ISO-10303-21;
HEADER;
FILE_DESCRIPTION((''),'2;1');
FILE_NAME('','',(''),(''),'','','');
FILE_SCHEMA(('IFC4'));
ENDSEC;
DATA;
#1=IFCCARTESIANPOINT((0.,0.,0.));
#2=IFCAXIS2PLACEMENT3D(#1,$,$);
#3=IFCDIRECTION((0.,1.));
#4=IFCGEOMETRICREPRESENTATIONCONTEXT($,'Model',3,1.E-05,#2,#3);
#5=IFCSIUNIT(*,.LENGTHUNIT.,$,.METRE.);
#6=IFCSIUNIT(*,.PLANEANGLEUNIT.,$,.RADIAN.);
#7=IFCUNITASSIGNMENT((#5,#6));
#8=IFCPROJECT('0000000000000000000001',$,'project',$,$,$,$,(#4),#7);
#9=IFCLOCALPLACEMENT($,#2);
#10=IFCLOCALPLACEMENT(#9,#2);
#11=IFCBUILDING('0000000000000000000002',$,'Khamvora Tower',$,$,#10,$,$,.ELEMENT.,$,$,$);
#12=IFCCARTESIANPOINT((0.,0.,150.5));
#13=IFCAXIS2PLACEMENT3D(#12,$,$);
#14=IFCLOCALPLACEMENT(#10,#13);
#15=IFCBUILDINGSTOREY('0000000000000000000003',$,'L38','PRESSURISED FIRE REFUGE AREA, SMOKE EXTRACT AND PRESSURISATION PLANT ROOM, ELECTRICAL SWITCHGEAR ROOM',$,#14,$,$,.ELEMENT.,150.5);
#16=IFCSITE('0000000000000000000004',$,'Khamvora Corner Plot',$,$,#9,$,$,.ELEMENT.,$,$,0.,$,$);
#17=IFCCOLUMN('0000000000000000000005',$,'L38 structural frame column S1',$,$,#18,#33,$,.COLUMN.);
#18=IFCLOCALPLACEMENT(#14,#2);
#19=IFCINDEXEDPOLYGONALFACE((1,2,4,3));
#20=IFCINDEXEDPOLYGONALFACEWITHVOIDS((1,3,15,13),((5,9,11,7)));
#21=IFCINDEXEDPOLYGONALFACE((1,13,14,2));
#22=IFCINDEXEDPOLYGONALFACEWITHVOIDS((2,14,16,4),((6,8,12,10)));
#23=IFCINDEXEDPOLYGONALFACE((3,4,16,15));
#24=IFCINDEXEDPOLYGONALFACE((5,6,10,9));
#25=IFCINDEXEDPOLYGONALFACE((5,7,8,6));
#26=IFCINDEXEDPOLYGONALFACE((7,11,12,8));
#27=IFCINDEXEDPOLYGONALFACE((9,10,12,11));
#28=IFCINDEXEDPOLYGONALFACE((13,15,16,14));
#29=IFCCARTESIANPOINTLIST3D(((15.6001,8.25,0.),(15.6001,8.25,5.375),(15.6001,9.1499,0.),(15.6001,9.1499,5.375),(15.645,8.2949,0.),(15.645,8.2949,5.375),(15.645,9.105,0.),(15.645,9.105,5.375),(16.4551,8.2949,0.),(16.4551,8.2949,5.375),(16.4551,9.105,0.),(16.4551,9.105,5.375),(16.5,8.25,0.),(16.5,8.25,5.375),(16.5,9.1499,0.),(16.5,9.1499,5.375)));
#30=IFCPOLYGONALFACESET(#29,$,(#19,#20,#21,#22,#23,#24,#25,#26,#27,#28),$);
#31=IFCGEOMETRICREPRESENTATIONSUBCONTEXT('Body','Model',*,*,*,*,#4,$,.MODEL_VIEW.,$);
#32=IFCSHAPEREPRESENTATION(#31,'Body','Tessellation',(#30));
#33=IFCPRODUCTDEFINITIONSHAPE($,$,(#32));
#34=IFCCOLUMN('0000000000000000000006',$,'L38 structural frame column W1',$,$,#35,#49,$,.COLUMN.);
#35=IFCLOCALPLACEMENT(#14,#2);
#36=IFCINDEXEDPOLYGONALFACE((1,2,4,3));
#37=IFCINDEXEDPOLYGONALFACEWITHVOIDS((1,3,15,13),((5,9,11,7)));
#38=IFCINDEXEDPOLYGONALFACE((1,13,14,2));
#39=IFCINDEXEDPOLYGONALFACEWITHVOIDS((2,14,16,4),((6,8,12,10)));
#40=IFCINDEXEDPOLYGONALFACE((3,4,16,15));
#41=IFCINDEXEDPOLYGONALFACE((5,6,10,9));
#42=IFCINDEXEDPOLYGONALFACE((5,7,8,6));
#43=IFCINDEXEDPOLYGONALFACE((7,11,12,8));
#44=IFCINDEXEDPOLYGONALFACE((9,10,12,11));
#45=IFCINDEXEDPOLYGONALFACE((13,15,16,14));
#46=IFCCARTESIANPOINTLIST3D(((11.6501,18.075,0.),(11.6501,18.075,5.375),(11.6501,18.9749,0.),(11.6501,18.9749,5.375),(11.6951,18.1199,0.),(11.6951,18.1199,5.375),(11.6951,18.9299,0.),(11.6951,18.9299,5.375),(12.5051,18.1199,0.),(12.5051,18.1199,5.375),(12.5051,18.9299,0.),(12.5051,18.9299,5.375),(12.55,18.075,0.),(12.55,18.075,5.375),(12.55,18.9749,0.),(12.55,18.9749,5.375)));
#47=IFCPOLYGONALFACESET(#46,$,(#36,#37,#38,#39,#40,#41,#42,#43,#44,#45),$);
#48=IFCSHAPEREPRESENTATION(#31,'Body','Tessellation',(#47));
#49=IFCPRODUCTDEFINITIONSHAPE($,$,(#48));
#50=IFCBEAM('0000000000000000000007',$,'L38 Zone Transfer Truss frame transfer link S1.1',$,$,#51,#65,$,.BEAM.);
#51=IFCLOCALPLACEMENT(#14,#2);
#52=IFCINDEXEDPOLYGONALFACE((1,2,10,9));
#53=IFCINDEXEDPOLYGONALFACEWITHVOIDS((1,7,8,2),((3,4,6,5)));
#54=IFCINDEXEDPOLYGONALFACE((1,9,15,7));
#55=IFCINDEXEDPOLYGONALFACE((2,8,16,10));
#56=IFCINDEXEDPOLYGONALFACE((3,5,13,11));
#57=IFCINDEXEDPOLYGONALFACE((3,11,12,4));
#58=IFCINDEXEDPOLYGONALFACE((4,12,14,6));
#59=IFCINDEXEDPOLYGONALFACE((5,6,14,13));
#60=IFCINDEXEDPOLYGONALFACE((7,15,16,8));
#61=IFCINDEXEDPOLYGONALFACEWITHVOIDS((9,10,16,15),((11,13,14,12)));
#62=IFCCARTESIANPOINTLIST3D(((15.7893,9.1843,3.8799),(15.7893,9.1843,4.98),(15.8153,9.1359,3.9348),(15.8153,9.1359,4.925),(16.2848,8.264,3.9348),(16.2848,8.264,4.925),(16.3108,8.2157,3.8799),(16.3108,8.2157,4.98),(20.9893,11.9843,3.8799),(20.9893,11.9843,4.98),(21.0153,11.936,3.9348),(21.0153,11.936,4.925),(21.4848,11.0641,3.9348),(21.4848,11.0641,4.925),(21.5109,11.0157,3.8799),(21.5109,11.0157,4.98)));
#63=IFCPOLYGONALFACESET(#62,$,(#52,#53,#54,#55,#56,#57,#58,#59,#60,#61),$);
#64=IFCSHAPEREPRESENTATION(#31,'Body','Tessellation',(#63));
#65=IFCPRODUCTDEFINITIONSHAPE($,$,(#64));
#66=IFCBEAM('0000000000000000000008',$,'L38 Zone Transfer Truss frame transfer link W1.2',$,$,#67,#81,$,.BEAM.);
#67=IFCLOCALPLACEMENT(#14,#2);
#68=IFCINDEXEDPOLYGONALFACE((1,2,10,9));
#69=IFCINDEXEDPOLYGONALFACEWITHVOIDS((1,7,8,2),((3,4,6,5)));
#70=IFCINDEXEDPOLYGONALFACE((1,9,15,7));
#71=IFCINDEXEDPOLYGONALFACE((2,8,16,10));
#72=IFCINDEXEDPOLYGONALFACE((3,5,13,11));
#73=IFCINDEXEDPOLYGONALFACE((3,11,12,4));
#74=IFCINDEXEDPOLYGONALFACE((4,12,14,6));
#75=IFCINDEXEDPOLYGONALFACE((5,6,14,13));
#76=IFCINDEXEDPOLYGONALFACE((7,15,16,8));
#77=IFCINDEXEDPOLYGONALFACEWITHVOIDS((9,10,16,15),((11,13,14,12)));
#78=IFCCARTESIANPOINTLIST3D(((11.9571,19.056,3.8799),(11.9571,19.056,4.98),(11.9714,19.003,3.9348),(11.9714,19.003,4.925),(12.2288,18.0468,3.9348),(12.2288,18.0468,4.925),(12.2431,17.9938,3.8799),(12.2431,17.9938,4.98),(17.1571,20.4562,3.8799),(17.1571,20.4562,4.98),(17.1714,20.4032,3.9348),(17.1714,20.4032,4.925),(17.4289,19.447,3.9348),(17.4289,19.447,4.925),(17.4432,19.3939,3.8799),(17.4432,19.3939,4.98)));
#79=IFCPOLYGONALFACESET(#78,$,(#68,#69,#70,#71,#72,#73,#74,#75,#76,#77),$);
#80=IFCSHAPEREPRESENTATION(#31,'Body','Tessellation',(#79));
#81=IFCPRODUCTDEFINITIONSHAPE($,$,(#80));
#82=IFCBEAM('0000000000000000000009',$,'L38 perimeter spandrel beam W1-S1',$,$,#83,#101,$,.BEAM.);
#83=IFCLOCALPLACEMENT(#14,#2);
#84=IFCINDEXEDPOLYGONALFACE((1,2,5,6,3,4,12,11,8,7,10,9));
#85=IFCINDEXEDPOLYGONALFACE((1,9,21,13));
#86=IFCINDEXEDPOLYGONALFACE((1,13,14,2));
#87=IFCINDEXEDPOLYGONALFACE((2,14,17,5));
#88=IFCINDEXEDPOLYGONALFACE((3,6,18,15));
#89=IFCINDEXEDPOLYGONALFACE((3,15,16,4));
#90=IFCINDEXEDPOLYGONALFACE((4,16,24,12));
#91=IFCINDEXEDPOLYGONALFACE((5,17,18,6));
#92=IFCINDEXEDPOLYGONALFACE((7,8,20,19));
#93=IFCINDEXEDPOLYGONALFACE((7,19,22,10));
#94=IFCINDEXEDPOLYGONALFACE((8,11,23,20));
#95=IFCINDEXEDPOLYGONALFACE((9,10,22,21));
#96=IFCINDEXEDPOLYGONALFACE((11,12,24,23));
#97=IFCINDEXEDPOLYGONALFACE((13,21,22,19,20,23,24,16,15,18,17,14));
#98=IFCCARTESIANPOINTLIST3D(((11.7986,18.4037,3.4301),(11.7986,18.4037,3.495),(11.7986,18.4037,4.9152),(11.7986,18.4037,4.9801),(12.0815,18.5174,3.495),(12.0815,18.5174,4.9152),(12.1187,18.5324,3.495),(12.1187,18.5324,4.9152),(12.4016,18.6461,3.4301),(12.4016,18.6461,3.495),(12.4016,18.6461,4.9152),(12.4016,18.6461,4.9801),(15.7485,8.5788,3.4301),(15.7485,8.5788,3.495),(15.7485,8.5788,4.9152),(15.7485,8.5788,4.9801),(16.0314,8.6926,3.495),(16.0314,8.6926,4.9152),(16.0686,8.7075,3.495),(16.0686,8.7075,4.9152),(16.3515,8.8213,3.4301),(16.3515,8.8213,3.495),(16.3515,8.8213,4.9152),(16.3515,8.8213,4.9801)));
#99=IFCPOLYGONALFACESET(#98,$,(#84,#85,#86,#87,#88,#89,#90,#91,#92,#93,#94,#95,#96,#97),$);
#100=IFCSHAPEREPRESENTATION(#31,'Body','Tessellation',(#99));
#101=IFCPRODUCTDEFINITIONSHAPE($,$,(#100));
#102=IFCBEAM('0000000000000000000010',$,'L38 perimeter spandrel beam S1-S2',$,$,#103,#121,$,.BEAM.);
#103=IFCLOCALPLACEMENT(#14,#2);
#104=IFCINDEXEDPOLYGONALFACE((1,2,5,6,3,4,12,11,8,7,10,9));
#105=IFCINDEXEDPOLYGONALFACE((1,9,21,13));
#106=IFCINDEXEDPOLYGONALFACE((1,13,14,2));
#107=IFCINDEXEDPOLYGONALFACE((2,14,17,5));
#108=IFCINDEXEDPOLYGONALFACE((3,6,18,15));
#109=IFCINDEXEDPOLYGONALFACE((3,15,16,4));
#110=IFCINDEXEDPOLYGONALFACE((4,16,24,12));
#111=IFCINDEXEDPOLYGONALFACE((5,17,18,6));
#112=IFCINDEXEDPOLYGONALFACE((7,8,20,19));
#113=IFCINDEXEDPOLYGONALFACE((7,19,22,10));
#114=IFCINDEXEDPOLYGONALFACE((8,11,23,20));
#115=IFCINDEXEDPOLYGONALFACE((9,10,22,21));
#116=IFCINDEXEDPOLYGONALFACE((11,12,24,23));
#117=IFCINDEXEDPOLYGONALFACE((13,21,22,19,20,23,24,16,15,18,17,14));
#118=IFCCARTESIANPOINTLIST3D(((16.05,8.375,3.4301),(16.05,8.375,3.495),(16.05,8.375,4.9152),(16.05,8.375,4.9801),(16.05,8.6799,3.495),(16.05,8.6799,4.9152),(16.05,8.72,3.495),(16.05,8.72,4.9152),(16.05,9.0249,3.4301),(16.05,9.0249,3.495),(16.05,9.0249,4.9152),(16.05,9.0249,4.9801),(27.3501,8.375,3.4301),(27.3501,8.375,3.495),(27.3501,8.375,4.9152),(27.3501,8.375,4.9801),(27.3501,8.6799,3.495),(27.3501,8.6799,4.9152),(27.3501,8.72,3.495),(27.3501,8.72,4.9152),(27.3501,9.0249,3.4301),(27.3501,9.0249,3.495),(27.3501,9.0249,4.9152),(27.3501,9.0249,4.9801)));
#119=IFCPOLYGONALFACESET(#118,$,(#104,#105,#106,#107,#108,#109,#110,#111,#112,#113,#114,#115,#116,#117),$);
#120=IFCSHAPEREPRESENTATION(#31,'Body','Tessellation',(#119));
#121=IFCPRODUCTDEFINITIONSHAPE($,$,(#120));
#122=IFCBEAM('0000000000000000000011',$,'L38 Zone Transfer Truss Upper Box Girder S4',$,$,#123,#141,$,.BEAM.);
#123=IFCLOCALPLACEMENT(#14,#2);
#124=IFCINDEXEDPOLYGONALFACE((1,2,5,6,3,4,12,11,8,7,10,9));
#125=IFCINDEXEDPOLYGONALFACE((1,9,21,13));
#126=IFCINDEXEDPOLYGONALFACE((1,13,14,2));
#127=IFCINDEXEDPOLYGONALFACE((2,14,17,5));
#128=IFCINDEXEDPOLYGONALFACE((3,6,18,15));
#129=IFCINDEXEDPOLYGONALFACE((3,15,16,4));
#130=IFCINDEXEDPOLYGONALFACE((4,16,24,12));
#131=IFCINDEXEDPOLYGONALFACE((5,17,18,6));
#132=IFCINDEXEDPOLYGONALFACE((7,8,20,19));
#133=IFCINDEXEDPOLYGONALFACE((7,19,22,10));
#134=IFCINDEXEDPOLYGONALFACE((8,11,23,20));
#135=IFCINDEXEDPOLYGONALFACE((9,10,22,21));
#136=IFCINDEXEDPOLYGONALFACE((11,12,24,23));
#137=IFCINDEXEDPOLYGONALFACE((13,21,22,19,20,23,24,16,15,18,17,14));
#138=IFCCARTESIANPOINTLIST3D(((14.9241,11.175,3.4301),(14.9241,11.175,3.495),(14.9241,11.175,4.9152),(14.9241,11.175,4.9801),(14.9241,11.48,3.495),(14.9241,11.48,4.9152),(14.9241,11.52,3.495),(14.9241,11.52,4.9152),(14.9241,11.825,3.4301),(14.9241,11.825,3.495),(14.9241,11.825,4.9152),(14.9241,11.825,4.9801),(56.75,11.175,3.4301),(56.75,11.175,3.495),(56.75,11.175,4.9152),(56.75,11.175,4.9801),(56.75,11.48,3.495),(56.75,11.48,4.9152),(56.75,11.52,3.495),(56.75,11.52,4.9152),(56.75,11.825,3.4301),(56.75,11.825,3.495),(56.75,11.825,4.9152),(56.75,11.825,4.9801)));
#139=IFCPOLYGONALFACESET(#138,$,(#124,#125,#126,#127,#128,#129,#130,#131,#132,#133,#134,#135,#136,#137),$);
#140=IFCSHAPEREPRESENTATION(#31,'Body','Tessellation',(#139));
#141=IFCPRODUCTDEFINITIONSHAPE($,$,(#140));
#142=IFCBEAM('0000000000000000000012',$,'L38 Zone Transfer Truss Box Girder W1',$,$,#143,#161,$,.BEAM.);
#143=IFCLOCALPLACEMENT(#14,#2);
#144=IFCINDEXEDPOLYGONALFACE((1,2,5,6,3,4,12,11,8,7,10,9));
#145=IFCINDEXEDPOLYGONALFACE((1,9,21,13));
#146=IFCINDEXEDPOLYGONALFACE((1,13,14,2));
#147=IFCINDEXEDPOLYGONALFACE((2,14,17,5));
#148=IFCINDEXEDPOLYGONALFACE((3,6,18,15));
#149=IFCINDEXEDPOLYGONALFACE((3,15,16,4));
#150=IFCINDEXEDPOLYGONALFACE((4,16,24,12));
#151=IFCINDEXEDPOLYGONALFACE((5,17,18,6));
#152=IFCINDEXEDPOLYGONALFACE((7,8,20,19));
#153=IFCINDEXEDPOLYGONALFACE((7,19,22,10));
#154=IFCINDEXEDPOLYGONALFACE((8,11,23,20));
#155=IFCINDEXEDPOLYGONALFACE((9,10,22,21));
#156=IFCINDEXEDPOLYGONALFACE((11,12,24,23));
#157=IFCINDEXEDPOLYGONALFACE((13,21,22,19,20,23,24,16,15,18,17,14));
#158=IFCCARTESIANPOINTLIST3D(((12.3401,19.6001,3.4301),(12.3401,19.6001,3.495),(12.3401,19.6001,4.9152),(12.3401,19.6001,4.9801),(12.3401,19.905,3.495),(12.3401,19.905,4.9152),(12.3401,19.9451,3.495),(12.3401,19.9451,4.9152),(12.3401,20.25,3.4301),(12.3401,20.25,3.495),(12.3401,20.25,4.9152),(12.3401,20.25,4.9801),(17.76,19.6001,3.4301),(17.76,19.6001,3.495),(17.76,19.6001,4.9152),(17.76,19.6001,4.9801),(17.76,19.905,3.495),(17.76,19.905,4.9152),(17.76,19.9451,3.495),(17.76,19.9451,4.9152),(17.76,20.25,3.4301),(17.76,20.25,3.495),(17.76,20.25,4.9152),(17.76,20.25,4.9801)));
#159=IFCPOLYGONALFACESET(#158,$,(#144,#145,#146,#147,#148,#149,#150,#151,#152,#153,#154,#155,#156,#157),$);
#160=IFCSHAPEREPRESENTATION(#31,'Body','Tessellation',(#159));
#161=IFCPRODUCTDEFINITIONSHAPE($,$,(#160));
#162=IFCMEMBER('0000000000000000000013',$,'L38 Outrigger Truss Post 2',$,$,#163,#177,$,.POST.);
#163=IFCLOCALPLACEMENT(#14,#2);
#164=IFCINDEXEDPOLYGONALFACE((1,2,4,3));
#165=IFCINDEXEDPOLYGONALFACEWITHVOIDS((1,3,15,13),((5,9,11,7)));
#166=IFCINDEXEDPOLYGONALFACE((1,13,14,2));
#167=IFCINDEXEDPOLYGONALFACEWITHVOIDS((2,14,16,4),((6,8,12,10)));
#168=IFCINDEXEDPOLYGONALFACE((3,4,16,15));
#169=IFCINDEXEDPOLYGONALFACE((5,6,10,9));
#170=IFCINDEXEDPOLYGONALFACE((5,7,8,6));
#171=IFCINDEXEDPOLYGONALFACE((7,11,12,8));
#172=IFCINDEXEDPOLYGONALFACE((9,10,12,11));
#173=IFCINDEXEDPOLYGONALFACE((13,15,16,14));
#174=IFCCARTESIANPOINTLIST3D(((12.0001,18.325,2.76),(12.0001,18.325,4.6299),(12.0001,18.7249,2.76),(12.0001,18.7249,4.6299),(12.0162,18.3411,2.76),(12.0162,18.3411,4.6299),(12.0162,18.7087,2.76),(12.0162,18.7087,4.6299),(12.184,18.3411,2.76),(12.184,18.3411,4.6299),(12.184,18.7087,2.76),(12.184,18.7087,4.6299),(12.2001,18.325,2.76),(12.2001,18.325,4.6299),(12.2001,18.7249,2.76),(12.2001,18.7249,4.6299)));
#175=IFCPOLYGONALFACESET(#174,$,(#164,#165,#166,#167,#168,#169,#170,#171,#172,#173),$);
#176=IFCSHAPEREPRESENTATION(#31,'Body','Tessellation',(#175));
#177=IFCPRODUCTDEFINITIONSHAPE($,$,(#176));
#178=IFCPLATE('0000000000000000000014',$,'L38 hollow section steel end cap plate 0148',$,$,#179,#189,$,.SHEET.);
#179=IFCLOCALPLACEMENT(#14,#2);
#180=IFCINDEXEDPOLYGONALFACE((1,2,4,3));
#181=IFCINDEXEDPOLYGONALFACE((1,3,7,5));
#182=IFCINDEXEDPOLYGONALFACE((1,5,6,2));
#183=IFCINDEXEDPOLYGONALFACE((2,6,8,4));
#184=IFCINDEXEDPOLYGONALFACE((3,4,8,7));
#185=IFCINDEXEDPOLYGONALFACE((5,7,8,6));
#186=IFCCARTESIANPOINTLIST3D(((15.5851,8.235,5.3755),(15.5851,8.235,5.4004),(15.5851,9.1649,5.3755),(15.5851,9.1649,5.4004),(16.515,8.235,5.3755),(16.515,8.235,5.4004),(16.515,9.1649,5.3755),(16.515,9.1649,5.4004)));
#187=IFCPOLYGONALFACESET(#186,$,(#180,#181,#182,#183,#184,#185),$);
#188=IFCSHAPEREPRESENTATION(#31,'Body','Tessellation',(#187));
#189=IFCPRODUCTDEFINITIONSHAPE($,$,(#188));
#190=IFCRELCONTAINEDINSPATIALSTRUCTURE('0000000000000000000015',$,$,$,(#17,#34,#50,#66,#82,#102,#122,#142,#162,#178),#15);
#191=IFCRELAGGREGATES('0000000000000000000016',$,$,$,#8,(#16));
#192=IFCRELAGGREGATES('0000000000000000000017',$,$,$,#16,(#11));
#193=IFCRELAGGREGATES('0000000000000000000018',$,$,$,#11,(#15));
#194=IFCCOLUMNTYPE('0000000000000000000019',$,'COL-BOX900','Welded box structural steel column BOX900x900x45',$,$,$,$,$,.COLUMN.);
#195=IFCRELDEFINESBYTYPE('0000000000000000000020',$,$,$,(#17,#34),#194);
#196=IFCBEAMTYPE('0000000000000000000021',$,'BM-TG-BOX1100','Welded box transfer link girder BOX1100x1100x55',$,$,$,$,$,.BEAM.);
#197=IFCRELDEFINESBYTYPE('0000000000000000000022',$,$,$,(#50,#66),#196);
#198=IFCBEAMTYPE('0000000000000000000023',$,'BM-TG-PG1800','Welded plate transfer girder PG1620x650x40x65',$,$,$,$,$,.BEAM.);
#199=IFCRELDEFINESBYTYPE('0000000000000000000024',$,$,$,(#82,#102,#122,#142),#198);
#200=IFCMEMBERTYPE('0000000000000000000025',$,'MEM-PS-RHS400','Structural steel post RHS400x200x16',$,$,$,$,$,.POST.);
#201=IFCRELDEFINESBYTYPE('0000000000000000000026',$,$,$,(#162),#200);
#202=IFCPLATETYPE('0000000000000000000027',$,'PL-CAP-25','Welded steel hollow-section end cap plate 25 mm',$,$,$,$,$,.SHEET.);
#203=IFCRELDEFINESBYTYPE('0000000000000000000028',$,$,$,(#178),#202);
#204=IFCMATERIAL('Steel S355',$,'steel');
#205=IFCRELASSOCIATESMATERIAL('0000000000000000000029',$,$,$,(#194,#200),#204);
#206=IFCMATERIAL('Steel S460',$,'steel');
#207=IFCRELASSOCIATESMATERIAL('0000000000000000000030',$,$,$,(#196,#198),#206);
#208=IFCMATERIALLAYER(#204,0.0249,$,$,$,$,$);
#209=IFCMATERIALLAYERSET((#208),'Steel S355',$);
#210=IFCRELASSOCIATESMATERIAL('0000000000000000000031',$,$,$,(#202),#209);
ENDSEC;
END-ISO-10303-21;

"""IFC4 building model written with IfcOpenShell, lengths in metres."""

from ifc_helpers import new_model, si_unit, direction, frame, origin, origin_2d, place, context, subcontext, project, spatial, rectangle, hollow_rectangle, i_section, extrude, material, layer, layer_set, material_profile, profile_set, type_object, element, save


model = new_model("IFC4")

# Units and contexts
model_context = context("Model", 3, precision=1e-05, world=origin(), true_north=direction((0.0, 1.0)))
body_context = subcontext(model_context, "Body", "Model", "MODEL_VIEW")
ifc_project = project(units=[si_unit("LENGTHUNIT", "METRE"), si_unit("PLANEANGLEUNIT", "RADIAN")], contexts=[model_context])

# Site, building, storey
site_placement = place(None, origin())
site = spatial("IfcSite", under=ifc_project, at=site_placement, Name="Khamvora Corner Plot", CompositionType="ELEMENT", RefElevation=0.0)
building_placement = place(site_placement, origin())
building = spatial("IfcBuilding", under=site, at=building_placement, Name="Khamvora Tower", CompositionType="ELEMENT")
storey_placement = place(building_placement, frame((0.0, 0.0, 150.5)))
storey = spatial("IfcBuildingStorey", under=building, at=storey_placement, Name="L38", Description="PRESSURISED FIRE REFUGE AREA, SMOKE EXTRACT AND PRESSURISATION PLANT ROOM, ELECTRICAL SWITCHGEAR ROOM", CompositionType="ELEMENT", Elevation=150.5)

# Columns
ifc_material_1 = material(Name="Steel S355", Category="steel")
ifc_material_profile_1 = material_profile(ifc_material_1, hollow_rectangle(XDim=0.8999, YDim=0.8999, WallThickness=0.0449, at=origin_2d()), Name="BOX900x900x45")
ifc_profile_set_1 = profile_set([ifc_material_profile_1], Name="Steel S355")
column_type = type_object("IfcColumnType", Name="COL-BOX900", Description="Welded box structural steel column BOX900x900x45", PredefinedType="COLUMN", material=ifc_profile_set_1)
for number, where, z_axis, x_axis, name in (
    (1, (16.05, 8.7, 0.0), (0.0, 0.0, 1.0), (1.0, 0.0, 0.0), "L38 structural frame column S1"),
    (2, (12.1001, 18.5249, 0.0), (0.0, 0.0, 1.0), (1.0, 0.0, 0.0), "L38 structural frame column W1"),
):
    element("IfcColumn", number, at=place(storey_placement, frame(where, z_axis=z_axis, x_axis=x_axis)), inside=storey, type_object=column_type, Name=name, PredefinedType="COLUMN", context=body_context, shape_type="SweptSolid", body=[
        extrude(hollow_rectangle(XDim=0.8999, YDim=0.8999, WallThickness=0.0449, at=origin_2d()), origin(), (0.0, 0.0, 1.0), 5.375),
    ])

# Beams
ifc_material_2 = material(Name="Steel S460", Category="steel")
ifc_material_profile_2 = material_profile(ifc_material_2, hollow_rectangle(XDim=1.1001, YDim=1.1001, WallThickness=0.0549, at=origin_2d()), Name="BOX1100x1100x55")
ifc_profile_set_2 = profile_set([ifc_material_profile_2], Name="Steel S460")
beam_type_1 = type_object("IfcBeamType", Name="BM-TG-BOX1100", Description="Welded box transfer link girder BOX1100x1100x55", PredefinedType="BEAM", material=ifc_profile_set_2)
beam_1_placement = place(storey_placement, frame((16.05, 8.7, 4.4299), z_axis=(0.880466, 0.47411, 0.0), x_axis=(-0.47411, 0.880466, 0.0)))
element("IfcBeam", 3, at=beam_1_placement, inside=storey, type_object=beam_type_1, Name="L38 Zone Transfer Truss frame transfer link S1.1", PredefinedType="BEAM", context=body_context, shape_type="SweptSolid", body=[
    extrude(hollow_rectangle(XDim=1.1001, YDim=1.1001, WallThickness=0.0549, at=origin_2d()), origin(), (0.0, 0.0, 1.0), 5.906),
])
beam_2_placement = place(storey_placement, frame((12.1001, 18.5249, 4.4299), z_axis=(0.965608, 0.260001, 0.0), x_axis=(-0.260001, 0.965608, 0.0)))
element("IfcBeam", 4, at=beam_2_placement, inside=storey, type_object=beam_type_1, Name="L38 Zone Transfer Truss frame transfer link W1.2", PredefinedType="BEAM", context=body_context, shape_type="SweptSolid", body=[
    extrude(hollow_rectangle(XDim=1.1001, YDim=1.1001, WallThickness=0.0549, at=origin_2d()), origin(), (0.0, 0.0, 1.0), 5.3853),
])
ifc_material_profile_3 = material_profile(ifc_material_2, i_section(OverallWidth=0.6499, OverallDepth=1.55, WebThickness=0.04, FlangeThickness=0.0649, at=origin_2d()), Name="PG1550x650x40x65")
ifc_profile_set_3 = profile_set([ifc_material_profile_3], Name="Steel S460")
beam_type_2 = type_object("IfcBeamType", Name="BM-TG-PG1800", Description="Welded plate transfer girder PG1620x650x40x65", PredefinedType="BEAM", material=ifc_profile_set_3)
beam_3_placement = place(storey_placement, frame((12.1001, 18.5249, 4.2051), z_axis=(0.373016, -0.927825, 0.0), x_axis=(0.927825, 0.373016, 0.0)))
element("IfcBeam", 5, at=beam_3_placement, inside=storey, type_object=beam_type_2, Name="L38 perimeter spandrel beam W1-S1", PredefinedType="BEAM", context=body_context, shape_type="SweptSolid", body=[
    extrude(i_section(OverallWidth=0.6499, OverallDepth=1.55, WebThickness=0.04, FlangeThickness=0.0649, at=origin_2d()), origin(), (0.0, 0.0, 1.0), 10.5891),
])
beam_4_placement = place(storey_placement, frame((16.05, 8.7, 4.2051), z_axis=(1.0, 0.0, 0.0), x_axis=(0.0, 1.0, 0.0)))
element("IfcBeam", 6, at=beam_4_placement, inside=storey, type_object=beam_type_2, Name="L38 perimeter spandrel beam S1-S2", PredefinedType="BEAM", context=body_context, shape_type="SweptSolid", body=[
    extrude(i_section(OverallWidth=0.6499, OverallDepth=1.55, WebThickness=0.04, FlangeThickness=0.0649, at=origin_2d()), origin(), (0.0, 0.0, 1.0), 11.3),
])
beam_5_placement = place(storey_placement, frame((14.9241, 11.5, 4.2051), z_axis=(1.0, 0.0, 0.0), x_axis=(0.0, 1.0, 0.0)))
element("IfcBeam", 7, at=beam_5_placement, inside=storey, type_object=beam_type_2, Name="L38 Zone Transfer Truss Upper Box Girder S4", PredefinedType="BEAM", context=body_context, shape_type="SweptSolid", body=[
    extrude(i_section(OverallWidth=0.6499, OverallDepth=1.55, WebThickness=0.04, FlangeThickness=0.0649, at=origin_2d()), origin(), (0.0, 0.0, 1.0), 41.8259),
])
beam_6_placement = place(storey_placement, frame((12.3401, 19.925, 4.2051), z_axis=(1.0, 0.0, 0.0), x_axis=(0.0, 1.0, 0.0)))
element("IfcBeam", 8, at=beam_6_placement, inside=storey, type_object=beam_type_2, Name="L38 Zone Transfer Truss Box Girder W1", PredefinedType="BEAM", context=body_context, shape_type="SweptSolid", body=[
    extrude(i_section(OverallWidth=0.6499, OverallDepth=1.55, WebThickness=0.04, FlangeThickness=0.0649, at=origin_2d()), origin(), (0.0, 0.0, 1.0), 5.4199),
])

# Member
ifc_material_profile_4 = material_profile(ifc_material_1, hollow_rectangle(XDim=0.2, YDim=0.3999, WallThickness=0.0161, at=origin_2d()), Name="RHS400x200x16")
ifc_profile_set_4 = profile_set([ifc_material_profile_4], Name="Steel S355")
member_type = type_object("IfcMemberType", Name="MEM-PS-RHS400", Description="Structural steel post RHS400x200x16", PredefinedType="POST", material=ifc_profile_set_4)
member_placement = place(storey_placement, frame((12.1001, 18.5249, 2.76), z_axis=(0.0, 0.0, 1.0), x_axis=(1.0, 0.0, 0.0)))
element("IfcMember", 9, at=member_placement, inside=storey, type_object=member_type, Name="L38 Outrigger Truss Post 2", PredefinedType="POST", context=body_context, shape_type="SweptSolid", body=[
    extrude(hollow_rectangle(XDim=0.2, YDim=0.3999, WallThickness=0.0161, at=origin_2d()), origin(), (0.0, 0.0, 1.0), 1.8699),
])

# Plate
ifc_layer_1 = layer(ifc_material_1, 0.0249)
ifc_layer_set_1 = layer_set([ifc_layer_1], Name="Steel S355")
plate_type_1 = type_object("IfcPlateType", Name="PL-CAP-25", Description="Welded steel hollow-section end cap plate 25 mm", PredefinedType="SHEET", material=ifc_layer_set_1)
for number, where, z_axis, x_axis, name in (
    (10, (16.05, 8.7, 5.3755), (0.0, 0.0, 1.0), (1.0, 0.0, 0.0), "L38 hollow section steel end cap plate 0148"),
):
    element("IfcPlate", number, at=place(storey_placement, frame(where, z_axis=z_axis, x_axis=x_axis)), inside=storey, type_object=plate_type_1, Name=name, PredefinedType="SHEET", context=body_context, shape_type="SweptSolid", body=[
        extrude(rectangle(XDim=0.9299, YDim=0.9299, at=origin_2d()), origin(), (0.0, 0.0, 1.0), 0.0249),
    ])

save(model, "model.ifc")
